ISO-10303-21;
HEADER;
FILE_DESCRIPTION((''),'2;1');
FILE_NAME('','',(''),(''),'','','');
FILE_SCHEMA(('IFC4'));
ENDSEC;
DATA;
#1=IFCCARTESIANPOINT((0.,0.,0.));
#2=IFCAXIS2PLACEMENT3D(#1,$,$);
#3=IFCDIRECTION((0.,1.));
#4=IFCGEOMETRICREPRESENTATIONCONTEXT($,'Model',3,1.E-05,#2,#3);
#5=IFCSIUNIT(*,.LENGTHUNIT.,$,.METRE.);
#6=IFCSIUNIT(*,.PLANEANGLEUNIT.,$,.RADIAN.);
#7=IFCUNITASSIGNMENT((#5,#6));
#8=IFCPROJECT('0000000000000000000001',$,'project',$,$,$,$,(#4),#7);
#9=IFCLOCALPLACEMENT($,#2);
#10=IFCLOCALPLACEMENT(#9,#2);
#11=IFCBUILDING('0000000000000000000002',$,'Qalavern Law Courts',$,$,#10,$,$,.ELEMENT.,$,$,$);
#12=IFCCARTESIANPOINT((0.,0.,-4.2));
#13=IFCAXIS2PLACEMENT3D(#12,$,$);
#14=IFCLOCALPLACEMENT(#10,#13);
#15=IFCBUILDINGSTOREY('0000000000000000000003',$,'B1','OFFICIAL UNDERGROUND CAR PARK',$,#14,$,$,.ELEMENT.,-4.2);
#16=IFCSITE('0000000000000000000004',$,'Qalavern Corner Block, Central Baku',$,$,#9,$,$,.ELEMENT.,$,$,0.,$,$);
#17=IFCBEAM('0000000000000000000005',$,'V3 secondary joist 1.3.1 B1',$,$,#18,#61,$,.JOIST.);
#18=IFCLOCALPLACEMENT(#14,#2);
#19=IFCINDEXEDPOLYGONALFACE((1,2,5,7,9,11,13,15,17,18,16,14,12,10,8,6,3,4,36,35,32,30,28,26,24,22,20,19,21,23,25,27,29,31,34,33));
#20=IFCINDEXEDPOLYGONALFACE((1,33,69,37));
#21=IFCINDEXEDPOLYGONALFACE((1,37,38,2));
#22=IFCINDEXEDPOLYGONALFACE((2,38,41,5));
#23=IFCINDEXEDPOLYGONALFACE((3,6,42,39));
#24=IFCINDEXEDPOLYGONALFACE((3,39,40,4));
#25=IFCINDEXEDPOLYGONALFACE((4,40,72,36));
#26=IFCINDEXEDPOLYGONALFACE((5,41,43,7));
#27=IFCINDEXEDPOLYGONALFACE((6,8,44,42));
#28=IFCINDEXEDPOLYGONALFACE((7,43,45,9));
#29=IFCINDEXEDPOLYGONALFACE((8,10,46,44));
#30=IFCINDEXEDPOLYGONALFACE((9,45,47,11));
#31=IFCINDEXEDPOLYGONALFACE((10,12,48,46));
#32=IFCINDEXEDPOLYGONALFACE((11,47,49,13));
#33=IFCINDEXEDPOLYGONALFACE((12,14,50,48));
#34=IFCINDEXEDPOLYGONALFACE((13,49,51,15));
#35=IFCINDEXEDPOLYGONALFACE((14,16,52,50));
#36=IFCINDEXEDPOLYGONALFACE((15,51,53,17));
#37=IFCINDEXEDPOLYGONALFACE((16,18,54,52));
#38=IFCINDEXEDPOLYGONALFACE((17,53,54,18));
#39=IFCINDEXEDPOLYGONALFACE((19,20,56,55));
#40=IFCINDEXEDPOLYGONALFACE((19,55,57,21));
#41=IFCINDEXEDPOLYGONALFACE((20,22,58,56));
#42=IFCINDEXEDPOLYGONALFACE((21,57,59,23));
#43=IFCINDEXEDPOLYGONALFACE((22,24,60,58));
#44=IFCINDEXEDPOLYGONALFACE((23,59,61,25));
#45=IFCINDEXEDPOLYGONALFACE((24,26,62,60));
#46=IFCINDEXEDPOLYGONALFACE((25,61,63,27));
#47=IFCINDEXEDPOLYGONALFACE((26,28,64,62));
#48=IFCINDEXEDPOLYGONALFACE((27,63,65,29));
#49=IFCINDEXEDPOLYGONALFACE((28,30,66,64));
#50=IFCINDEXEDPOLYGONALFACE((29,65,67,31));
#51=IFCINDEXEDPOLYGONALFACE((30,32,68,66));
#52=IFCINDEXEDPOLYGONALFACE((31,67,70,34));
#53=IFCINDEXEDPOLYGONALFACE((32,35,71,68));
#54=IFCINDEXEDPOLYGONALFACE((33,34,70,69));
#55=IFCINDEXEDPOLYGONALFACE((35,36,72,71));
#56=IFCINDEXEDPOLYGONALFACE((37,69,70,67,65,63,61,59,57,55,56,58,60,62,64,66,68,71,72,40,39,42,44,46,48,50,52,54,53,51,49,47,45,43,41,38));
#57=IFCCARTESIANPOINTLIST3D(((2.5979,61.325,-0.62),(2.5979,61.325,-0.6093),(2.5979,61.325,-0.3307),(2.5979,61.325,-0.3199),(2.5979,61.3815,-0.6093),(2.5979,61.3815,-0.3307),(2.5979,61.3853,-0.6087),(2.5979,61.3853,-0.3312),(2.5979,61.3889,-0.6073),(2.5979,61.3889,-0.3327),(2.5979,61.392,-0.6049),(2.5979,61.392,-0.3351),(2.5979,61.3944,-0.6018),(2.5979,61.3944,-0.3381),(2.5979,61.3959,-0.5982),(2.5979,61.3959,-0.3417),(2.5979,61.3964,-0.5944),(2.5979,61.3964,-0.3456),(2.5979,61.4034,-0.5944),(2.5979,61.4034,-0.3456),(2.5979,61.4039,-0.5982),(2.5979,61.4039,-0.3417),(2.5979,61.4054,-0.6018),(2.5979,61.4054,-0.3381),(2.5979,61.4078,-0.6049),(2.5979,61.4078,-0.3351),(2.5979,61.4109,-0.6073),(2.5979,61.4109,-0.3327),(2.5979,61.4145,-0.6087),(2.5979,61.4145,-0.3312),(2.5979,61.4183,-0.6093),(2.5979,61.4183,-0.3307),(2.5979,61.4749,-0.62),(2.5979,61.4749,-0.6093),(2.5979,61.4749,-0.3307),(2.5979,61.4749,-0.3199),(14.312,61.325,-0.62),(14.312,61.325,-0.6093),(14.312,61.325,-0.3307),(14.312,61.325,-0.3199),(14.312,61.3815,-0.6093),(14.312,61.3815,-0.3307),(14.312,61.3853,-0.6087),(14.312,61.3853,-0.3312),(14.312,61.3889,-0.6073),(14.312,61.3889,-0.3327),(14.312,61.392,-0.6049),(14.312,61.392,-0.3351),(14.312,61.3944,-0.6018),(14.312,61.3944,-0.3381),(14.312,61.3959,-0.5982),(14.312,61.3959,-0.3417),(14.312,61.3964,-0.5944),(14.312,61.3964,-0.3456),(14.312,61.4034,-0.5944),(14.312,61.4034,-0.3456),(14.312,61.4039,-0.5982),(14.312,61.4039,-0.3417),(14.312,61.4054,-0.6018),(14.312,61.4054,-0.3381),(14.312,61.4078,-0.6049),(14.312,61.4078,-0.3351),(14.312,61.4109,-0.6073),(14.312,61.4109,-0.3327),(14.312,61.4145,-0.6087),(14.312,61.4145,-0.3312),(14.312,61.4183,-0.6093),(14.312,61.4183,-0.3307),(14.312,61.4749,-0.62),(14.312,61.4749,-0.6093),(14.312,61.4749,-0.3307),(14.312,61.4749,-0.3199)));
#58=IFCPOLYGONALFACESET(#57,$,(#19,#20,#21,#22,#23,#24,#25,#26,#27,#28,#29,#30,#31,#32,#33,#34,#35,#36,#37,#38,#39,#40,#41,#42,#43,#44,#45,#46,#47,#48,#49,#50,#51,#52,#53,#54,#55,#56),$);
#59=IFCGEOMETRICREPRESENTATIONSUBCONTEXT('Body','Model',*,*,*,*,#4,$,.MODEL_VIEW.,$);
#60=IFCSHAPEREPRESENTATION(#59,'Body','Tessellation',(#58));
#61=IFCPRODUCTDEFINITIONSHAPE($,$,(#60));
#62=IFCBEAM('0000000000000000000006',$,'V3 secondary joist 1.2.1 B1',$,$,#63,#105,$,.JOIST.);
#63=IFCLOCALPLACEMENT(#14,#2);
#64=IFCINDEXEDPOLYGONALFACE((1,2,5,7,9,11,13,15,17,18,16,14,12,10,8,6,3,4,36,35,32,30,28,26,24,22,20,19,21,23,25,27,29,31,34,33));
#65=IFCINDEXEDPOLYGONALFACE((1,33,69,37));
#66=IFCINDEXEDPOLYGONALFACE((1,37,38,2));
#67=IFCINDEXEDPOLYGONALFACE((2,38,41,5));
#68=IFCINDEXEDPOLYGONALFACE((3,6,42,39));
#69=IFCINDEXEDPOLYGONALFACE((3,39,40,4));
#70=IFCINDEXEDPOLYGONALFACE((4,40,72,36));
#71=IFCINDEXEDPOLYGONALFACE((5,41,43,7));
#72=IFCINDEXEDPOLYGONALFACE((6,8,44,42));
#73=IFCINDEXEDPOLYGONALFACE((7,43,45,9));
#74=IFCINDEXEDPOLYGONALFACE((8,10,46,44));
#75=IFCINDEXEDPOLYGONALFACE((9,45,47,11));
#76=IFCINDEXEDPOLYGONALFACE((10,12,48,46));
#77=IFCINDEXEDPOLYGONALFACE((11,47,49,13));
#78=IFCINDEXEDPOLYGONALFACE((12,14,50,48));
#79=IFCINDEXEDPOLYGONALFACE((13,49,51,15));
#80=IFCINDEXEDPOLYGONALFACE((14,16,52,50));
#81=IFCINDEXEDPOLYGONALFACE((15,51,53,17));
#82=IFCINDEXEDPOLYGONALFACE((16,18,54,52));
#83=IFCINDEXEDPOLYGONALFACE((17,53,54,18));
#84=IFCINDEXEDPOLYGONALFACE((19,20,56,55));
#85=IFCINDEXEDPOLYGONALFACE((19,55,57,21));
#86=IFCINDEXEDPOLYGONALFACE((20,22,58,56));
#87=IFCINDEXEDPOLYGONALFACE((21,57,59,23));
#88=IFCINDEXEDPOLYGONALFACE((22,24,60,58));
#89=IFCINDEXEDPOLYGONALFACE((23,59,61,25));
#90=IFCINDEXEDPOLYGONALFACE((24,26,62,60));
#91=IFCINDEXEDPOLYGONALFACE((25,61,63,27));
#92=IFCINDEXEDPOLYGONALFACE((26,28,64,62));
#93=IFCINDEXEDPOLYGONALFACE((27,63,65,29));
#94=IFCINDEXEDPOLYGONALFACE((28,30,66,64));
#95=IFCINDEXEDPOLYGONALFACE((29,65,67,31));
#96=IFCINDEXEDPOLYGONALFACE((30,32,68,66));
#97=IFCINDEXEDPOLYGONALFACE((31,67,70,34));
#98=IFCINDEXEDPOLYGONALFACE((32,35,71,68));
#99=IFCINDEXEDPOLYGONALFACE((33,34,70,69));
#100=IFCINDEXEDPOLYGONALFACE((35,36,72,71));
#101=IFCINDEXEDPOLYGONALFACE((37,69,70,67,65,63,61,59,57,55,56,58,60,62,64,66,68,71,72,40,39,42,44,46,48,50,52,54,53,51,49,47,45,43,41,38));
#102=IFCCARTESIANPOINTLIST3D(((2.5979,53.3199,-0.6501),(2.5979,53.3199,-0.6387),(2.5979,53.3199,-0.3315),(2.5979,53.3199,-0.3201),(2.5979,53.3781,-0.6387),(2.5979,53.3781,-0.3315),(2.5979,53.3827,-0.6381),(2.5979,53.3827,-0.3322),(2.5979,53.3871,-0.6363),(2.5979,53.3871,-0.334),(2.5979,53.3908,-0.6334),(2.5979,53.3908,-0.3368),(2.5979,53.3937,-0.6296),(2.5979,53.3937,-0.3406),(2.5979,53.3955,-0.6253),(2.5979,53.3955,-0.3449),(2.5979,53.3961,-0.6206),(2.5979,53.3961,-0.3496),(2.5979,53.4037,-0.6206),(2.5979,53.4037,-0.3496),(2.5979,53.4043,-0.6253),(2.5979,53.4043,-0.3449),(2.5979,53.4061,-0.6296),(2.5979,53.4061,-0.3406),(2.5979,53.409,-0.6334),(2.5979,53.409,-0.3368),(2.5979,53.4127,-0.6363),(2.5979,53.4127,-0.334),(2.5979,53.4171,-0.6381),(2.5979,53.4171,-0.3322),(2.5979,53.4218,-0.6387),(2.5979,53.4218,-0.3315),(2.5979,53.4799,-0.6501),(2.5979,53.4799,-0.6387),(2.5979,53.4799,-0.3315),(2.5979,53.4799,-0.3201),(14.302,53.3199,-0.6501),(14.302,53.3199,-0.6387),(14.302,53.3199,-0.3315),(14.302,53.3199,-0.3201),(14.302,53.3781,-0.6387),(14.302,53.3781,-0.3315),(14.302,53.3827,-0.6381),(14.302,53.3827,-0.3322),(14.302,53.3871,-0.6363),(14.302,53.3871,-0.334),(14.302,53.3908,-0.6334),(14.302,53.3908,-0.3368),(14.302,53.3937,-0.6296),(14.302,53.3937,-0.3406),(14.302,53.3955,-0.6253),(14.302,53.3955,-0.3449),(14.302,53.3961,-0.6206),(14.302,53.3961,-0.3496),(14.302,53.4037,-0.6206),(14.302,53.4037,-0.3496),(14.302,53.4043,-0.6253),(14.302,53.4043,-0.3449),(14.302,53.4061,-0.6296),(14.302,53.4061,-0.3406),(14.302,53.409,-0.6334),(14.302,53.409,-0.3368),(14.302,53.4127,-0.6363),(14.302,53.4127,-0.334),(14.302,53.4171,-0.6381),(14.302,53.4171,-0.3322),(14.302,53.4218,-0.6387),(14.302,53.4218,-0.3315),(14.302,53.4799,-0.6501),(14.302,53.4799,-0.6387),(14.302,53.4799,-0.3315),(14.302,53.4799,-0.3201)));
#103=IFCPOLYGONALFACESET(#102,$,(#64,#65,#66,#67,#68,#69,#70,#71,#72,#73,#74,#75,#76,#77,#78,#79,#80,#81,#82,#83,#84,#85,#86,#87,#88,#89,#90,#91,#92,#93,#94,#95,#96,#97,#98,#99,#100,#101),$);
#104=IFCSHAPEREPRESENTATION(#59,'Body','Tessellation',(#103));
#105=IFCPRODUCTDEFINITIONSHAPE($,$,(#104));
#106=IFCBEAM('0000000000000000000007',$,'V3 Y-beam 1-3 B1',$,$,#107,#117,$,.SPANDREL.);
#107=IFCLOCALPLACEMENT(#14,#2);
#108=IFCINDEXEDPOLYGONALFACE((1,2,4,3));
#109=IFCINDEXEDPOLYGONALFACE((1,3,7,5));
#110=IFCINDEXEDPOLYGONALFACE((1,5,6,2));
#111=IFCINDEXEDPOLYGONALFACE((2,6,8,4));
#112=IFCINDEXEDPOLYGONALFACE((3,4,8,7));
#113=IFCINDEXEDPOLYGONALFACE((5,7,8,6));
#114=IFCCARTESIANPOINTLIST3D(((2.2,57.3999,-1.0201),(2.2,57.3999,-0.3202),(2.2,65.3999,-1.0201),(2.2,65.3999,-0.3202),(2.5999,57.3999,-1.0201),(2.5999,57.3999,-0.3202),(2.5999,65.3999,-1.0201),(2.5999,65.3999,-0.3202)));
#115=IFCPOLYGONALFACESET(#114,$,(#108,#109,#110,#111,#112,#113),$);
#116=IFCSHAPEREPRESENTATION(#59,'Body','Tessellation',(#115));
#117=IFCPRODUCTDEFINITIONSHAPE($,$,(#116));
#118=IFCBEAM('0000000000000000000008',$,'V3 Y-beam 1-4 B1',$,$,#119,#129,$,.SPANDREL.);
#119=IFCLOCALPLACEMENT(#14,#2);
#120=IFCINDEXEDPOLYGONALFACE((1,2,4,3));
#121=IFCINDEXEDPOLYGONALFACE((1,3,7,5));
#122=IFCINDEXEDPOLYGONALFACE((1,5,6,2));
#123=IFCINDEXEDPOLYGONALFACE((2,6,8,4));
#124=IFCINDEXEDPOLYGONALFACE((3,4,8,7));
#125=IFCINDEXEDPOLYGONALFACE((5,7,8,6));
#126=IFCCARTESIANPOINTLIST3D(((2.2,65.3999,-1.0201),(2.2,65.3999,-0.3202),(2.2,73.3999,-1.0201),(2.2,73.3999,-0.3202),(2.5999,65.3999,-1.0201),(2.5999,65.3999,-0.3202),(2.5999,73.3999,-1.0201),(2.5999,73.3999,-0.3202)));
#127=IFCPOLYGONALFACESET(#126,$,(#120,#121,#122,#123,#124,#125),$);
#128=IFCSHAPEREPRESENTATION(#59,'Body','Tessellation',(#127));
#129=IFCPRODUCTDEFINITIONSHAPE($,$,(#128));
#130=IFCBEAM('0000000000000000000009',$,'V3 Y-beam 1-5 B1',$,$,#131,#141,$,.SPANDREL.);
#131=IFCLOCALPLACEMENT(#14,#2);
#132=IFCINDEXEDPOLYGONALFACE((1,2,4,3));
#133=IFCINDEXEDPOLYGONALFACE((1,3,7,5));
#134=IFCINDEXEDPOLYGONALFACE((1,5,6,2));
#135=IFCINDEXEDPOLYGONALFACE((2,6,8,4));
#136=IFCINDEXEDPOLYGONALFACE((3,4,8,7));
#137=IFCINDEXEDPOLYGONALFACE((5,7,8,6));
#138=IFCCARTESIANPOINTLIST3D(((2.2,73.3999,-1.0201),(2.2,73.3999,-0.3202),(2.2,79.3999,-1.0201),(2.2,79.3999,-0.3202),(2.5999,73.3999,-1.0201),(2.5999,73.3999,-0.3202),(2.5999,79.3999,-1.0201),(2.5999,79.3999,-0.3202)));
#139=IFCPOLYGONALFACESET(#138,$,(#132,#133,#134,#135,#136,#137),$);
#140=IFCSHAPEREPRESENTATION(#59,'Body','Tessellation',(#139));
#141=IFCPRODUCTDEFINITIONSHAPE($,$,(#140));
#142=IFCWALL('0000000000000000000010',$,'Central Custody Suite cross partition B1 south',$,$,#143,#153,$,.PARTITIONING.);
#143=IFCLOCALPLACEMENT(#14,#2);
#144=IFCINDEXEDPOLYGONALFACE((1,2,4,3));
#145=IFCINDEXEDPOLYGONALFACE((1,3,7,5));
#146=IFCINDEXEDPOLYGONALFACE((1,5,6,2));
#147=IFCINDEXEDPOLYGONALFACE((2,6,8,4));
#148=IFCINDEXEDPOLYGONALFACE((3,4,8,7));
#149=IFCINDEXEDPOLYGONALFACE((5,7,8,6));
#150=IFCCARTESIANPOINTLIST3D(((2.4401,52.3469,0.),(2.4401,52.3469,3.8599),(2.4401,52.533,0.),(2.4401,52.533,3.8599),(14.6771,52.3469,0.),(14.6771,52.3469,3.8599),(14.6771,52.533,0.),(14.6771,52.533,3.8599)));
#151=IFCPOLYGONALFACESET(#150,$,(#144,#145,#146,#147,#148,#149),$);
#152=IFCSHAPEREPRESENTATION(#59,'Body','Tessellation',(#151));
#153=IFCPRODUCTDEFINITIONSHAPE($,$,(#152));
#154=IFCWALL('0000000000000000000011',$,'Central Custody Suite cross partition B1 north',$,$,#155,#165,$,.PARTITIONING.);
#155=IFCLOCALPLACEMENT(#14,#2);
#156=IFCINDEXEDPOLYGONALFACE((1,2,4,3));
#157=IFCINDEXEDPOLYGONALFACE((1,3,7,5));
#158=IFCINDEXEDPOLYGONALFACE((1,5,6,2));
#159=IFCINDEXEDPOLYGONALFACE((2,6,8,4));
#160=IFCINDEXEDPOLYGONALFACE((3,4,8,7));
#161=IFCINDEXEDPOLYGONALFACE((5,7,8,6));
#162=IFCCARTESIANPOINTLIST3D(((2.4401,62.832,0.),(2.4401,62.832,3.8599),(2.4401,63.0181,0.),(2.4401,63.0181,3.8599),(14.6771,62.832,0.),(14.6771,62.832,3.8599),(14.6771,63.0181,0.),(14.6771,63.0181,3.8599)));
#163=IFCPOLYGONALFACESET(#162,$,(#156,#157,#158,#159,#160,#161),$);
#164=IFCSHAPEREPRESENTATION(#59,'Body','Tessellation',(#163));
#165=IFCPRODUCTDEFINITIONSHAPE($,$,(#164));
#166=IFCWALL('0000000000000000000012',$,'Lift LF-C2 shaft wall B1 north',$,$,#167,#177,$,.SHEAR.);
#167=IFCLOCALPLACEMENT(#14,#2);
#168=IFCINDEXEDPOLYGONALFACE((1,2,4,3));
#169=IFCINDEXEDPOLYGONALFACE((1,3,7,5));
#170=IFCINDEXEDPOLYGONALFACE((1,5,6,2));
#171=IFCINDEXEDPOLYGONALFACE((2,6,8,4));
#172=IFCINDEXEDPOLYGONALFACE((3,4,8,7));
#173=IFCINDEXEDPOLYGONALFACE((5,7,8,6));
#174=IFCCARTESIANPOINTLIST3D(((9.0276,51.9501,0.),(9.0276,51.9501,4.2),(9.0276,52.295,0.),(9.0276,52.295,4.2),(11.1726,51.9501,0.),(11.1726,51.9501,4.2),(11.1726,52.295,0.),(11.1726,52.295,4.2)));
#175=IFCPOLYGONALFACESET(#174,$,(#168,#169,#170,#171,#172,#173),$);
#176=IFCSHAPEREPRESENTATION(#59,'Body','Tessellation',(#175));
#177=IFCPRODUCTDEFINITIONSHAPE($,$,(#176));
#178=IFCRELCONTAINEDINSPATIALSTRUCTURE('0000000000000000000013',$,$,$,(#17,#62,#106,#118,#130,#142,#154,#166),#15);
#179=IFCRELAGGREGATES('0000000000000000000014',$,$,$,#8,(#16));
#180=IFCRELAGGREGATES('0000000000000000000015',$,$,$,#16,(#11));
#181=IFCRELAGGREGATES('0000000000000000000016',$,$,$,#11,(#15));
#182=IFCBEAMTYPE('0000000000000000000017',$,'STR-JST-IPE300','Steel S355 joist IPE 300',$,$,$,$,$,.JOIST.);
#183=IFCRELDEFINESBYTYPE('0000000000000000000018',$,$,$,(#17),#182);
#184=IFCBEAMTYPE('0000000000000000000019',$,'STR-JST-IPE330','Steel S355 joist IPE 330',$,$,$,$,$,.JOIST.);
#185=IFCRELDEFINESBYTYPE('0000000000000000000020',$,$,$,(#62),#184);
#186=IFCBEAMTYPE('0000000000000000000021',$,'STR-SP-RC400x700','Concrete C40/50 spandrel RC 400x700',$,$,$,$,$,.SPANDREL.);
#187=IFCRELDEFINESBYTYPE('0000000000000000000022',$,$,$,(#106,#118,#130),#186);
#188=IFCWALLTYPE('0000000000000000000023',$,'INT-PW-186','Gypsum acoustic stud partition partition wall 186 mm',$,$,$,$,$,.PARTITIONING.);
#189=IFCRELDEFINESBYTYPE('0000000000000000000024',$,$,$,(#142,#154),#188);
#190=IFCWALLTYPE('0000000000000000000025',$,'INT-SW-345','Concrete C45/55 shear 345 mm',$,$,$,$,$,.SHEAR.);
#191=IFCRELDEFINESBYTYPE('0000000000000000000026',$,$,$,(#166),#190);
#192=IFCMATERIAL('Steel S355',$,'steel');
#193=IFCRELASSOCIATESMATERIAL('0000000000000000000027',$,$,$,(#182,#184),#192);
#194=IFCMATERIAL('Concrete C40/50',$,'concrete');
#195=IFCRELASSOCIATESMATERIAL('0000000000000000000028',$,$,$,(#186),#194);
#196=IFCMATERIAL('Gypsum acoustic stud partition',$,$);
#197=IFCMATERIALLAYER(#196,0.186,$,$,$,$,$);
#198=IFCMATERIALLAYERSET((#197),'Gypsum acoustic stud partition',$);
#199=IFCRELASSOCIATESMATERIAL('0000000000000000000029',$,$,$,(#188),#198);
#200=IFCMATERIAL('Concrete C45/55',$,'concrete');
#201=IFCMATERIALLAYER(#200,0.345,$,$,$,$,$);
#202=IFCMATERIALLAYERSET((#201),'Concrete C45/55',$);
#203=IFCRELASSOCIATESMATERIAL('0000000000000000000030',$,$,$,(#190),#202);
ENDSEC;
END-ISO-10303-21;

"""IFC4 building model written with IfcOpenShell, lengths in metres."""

from ifc_helpers import new_model, si_unit, direction, frame, frame_2d, origin, origin_2d, place, context, subcontext, project, spatial, rectangle, i_section, extrude, material, layer, layer_set, material_profile, profile_set, type_object, element, save


model = new_model("IFC4")

# Units and contexts
model_context = context("Model", 3, precision=1e-05, world=origin(), true_north=direction((0.0, 1.0)))
body_context = subcontext(model_context, "Body", "Model", "MODEL_VIEW")
ifc_project = project(units=[si_unit("LENGTHUNIT", "METRE"), si_unit("PLANEANGLEUNIT", "RADIAN")], contexts=[model_context])

# Site, building, storey
site_placement = place(None, origin())
site = spatial("IfcSite", under=ifc_project, at=site_placement, Name="Qalavern Corner Block, Central Baku", CompositionType="ELEMENT", RefElevation=0.0)
building_placement = place(site_placement, origin())
building = spatial("IfcBuilding", under=site, at=building_placement, Name="Qalavern Law Courts", CompositionType="ELEMENT")
storey_placement = place(building_placement, frame((0.0, 0.0, -4.2)))
storey = spatial("IfcBuildingStorey", under=building, at=storey_placement, Name="B1", Description="OFFICIAL UNDERGROUND CAR PARK", CompositionType="ELEMENT", Elevation=-4.2)

# Shared definitions
ifc_material_1 = material(Name="Concrete C45/55", Category="concrete")

# Beams
ifc_material_2 = material(Name="Steel S355", Category="steel")
ifc_material_3 = material(Name="Concrete C40/50", Category="concrete")
ifc_material_profile_1 = material_profile(ifc_material_2, i_section(OverallWidth=0.1499, OverallDepth=0.3, WebThickness=0.0071, FlangeThickness=0.0107, FilletRadius=0.0149, at=origin_2d()), Name="IPE 300")
ifc_profile_set_1 = profile_set([ifc_material_profile_1], Name="Steel S355")
beam_type_1 = type_object("IfcBeamType", Name="STR-JST-IPE300", Description="Steel S355 joist IPE 300", PredefinedType="JOIST", material=ifc_profile_set_1)
beam_1_placement = place(storey_placement, frame((2.5979, 61.3999, -0.47), z_axis=(1.0, 0.0, 0.0), x_axis=(0.0, 1.0, 0.0)))
element("IfcBeam", 1, at=beam_1_placement, inside=storey, type_object=beam_type_1, Name="V3 secondary joist 1.3.1 B1", PredefinedType="JOIST", context=body_context, shape_type="SweptSolid", body=[
    extrude(i_section(OverallWidth=0.1499, OverallDepth=0.3, WebThickness=0.0071, FlangeThickness=0.0107, FilletRadius=0.0149, at=origin_2d()), origin(), (0.0, 0.0, 1.0), 11.7141),
])
ifc_material_profile_2 = material_profile(ifc_material_2, i_section(OverallWidth=0.1599, OverallDepth=0.3301, WebThickness=0.0076, FlangeThickness=0.0115, FilletRadius=0.0181, at=origin_2d()), Name="IPE 330")
ifc_profile_set_2 = profile_set([ifc_material_profile_2], Name="Steel S355")
beam_type_2 = type_object("IfcBeamType", Name="STR-JST-IPE330", Description="Steel S355 joist IPE 330", PredefinedType="JOIST", material=ifc_profile_set_2)
beam_2_placement = place(storey_placement, frame((2.5979, 53.3999, -0.4851), z_axis=(1.0, 0.0, 0.0), x_axis=(0.0, 1.0, 0.0)))
element("IfcBeam", 2, at=beam_2_placement, inside=storey, type_object=beam_type_2, Name="V3 secondary joist 1.2.1 B1", PredefinedType="JOIST", context=body_context, shape_type="SweptSolid", body=[
    extrude(i_section(OverallWidth=0.1599, OverallDepth=0.3301, WebThickness=0.0076, FlangeThickness=0.0115, FilletRadius=0.0181, at=origin_2d()), origin(), (0.0, 0.0, 1.0), 11.7041),
])
ifc_material_profile_3 = material_profile(ifc_material_3, rectangle(XDim=0.3999, YDim=0.7, at=origin_2d()), Name="RC 400x700")
ifc_profile_set_3 = profile_set([ifc_material_profile_3], Name="Concrete C40/50")
beam_type_3 = type_object("IfcBeamType", Name="STR-SP-RC400x700", Description="Concrete C40/50 spandrel RC 400x700", PredefinedType="SPANDREL", material=ifc_profile_set_3)
for number, where, z_axis, x_axis, name in (
    (3, (2.3999, 57.3999, -0.6702), (0.0, 1.0, 0.0), (-1.0, 0.0, 0.0), "V3 Y-beam 1-3 B1"),
    (4, (2.3999, 65.3999, -0.6702), (0.0, 1.0, 0.0), (-1.0, 0.0, 0.0), "V3 Y-beam 1-4 B1"),
):
    element("IfcBeam", number, at=place(storey_placement, frame(where, z_axis=z_axis, x_axis=x_axis)), inside=storey, type_object=beam_type_3, Name=name, PredefinedType="SPANDREL", context=body_context, shape_type="SweptSolid", body=[
        extrude(rectangle(XDim=0.3999, YDim=0.7, at=origin_2d()), origin(), (0.0, 0.0, 1.0), 8.0),
    ])
beam_3_placement = place(storey_placement, frame((2.3999, 73.3999, -0.6702), z_axis=(0.0, 1.0, 0.0), x_axis=(-1.0, 0.0, 0.0)))
element("IfcBeam", 5, at=beam_3_placement, inside=storey, type_object=beam_type_3, Name="V3 Y-beam 1-5 B1", PredefinedType="SPANDREL", context=body_context, shape_type="SweptSolid", body=[
    extrude(rectangle(XDim=0.3999, YDim=0.7, at=origin_2d()), origin(), (0.0, 0.0, 1.0), 6.0),
])

# Walls
ifc_material_4 = material(Name="Gypsum acoustic stud partition")
ifc_layer_1 = layer(ifc_material_4, 0.186)
ifc_layer_set_1 = layer_set([ifc_layer_1], Name="Gypsum acoustic stud partition")
wall_type_1 = type_object("IfcWallType", Name="INT-PW-186", Description="Gypsum acoustic stud partition partition wall 186 mm", PredefinedType="PARTITIONING", material=ifc_layer_set_1)
for number, where, z_axis, x_axis, name in (
    (6, (2.4399, 52.4399, 0.0), (0.0, 0.0, 1.0), (1.0, 0.0, 0.0), "Central Custody Suite cross partition B1 south"),
    (7, (2.4399, 62.925, 0.0), (0.0, 0.0, 1.0), (1.0, 0.0, 0.0), "Central Custody Suite cross partition B1 north"),
):
    element("IfcWall", number, at=place(storey_placement, frame(where, z_axis=z_axis, x_axis=x_axis)), inside=storey, type_object=wall_type_1, Name=name, PredefinedType="PARTITIONING", context=body_context, shape_type="SweptSolid", body=[
        extrude(rectangle(XDim=12.2371, YDim=0.186, at=frame_2d((6.1187, 0.0))), origin(), (0.0, 0.0, 1.0), 3.8599),
    ])
ifc_layer_2 = layer(ifc_material_1, 0.345)
ifc_layer_set_2 = layer_set([ifc_layer_2], Name="Concrete C45/55")
wall_type_2 = type_object("IfcWallType", Name="INT-SW-345", Description="Concrete C45/55 shear 345 mm", PredefinedType="SHEAR", material=ifc_layer_set_2)
wall_placement = place(storey_placement, frame((11.1726, 52.1226, 0.0), z_axis=(0.0, 0.0, 1.0), x_axis=(-1.0, 0.0, 0.0)))
element("IfcWall", 8, at=wall_placement, inside=storey, type_object=wall_type_2, Name="Lift LF-C2 shaft wall B1 north", PredefinedType="SHEAR", context=body_context, shape_type="SweptSolid", body=[
    extrude(rectangle(XDim=2.145, YDim=0.345, at=frame_2d((1.0725, 0.0))), origin(), (0.0, 0.0, 1.0), 4.2),
])

save(model, "model.ifc")
